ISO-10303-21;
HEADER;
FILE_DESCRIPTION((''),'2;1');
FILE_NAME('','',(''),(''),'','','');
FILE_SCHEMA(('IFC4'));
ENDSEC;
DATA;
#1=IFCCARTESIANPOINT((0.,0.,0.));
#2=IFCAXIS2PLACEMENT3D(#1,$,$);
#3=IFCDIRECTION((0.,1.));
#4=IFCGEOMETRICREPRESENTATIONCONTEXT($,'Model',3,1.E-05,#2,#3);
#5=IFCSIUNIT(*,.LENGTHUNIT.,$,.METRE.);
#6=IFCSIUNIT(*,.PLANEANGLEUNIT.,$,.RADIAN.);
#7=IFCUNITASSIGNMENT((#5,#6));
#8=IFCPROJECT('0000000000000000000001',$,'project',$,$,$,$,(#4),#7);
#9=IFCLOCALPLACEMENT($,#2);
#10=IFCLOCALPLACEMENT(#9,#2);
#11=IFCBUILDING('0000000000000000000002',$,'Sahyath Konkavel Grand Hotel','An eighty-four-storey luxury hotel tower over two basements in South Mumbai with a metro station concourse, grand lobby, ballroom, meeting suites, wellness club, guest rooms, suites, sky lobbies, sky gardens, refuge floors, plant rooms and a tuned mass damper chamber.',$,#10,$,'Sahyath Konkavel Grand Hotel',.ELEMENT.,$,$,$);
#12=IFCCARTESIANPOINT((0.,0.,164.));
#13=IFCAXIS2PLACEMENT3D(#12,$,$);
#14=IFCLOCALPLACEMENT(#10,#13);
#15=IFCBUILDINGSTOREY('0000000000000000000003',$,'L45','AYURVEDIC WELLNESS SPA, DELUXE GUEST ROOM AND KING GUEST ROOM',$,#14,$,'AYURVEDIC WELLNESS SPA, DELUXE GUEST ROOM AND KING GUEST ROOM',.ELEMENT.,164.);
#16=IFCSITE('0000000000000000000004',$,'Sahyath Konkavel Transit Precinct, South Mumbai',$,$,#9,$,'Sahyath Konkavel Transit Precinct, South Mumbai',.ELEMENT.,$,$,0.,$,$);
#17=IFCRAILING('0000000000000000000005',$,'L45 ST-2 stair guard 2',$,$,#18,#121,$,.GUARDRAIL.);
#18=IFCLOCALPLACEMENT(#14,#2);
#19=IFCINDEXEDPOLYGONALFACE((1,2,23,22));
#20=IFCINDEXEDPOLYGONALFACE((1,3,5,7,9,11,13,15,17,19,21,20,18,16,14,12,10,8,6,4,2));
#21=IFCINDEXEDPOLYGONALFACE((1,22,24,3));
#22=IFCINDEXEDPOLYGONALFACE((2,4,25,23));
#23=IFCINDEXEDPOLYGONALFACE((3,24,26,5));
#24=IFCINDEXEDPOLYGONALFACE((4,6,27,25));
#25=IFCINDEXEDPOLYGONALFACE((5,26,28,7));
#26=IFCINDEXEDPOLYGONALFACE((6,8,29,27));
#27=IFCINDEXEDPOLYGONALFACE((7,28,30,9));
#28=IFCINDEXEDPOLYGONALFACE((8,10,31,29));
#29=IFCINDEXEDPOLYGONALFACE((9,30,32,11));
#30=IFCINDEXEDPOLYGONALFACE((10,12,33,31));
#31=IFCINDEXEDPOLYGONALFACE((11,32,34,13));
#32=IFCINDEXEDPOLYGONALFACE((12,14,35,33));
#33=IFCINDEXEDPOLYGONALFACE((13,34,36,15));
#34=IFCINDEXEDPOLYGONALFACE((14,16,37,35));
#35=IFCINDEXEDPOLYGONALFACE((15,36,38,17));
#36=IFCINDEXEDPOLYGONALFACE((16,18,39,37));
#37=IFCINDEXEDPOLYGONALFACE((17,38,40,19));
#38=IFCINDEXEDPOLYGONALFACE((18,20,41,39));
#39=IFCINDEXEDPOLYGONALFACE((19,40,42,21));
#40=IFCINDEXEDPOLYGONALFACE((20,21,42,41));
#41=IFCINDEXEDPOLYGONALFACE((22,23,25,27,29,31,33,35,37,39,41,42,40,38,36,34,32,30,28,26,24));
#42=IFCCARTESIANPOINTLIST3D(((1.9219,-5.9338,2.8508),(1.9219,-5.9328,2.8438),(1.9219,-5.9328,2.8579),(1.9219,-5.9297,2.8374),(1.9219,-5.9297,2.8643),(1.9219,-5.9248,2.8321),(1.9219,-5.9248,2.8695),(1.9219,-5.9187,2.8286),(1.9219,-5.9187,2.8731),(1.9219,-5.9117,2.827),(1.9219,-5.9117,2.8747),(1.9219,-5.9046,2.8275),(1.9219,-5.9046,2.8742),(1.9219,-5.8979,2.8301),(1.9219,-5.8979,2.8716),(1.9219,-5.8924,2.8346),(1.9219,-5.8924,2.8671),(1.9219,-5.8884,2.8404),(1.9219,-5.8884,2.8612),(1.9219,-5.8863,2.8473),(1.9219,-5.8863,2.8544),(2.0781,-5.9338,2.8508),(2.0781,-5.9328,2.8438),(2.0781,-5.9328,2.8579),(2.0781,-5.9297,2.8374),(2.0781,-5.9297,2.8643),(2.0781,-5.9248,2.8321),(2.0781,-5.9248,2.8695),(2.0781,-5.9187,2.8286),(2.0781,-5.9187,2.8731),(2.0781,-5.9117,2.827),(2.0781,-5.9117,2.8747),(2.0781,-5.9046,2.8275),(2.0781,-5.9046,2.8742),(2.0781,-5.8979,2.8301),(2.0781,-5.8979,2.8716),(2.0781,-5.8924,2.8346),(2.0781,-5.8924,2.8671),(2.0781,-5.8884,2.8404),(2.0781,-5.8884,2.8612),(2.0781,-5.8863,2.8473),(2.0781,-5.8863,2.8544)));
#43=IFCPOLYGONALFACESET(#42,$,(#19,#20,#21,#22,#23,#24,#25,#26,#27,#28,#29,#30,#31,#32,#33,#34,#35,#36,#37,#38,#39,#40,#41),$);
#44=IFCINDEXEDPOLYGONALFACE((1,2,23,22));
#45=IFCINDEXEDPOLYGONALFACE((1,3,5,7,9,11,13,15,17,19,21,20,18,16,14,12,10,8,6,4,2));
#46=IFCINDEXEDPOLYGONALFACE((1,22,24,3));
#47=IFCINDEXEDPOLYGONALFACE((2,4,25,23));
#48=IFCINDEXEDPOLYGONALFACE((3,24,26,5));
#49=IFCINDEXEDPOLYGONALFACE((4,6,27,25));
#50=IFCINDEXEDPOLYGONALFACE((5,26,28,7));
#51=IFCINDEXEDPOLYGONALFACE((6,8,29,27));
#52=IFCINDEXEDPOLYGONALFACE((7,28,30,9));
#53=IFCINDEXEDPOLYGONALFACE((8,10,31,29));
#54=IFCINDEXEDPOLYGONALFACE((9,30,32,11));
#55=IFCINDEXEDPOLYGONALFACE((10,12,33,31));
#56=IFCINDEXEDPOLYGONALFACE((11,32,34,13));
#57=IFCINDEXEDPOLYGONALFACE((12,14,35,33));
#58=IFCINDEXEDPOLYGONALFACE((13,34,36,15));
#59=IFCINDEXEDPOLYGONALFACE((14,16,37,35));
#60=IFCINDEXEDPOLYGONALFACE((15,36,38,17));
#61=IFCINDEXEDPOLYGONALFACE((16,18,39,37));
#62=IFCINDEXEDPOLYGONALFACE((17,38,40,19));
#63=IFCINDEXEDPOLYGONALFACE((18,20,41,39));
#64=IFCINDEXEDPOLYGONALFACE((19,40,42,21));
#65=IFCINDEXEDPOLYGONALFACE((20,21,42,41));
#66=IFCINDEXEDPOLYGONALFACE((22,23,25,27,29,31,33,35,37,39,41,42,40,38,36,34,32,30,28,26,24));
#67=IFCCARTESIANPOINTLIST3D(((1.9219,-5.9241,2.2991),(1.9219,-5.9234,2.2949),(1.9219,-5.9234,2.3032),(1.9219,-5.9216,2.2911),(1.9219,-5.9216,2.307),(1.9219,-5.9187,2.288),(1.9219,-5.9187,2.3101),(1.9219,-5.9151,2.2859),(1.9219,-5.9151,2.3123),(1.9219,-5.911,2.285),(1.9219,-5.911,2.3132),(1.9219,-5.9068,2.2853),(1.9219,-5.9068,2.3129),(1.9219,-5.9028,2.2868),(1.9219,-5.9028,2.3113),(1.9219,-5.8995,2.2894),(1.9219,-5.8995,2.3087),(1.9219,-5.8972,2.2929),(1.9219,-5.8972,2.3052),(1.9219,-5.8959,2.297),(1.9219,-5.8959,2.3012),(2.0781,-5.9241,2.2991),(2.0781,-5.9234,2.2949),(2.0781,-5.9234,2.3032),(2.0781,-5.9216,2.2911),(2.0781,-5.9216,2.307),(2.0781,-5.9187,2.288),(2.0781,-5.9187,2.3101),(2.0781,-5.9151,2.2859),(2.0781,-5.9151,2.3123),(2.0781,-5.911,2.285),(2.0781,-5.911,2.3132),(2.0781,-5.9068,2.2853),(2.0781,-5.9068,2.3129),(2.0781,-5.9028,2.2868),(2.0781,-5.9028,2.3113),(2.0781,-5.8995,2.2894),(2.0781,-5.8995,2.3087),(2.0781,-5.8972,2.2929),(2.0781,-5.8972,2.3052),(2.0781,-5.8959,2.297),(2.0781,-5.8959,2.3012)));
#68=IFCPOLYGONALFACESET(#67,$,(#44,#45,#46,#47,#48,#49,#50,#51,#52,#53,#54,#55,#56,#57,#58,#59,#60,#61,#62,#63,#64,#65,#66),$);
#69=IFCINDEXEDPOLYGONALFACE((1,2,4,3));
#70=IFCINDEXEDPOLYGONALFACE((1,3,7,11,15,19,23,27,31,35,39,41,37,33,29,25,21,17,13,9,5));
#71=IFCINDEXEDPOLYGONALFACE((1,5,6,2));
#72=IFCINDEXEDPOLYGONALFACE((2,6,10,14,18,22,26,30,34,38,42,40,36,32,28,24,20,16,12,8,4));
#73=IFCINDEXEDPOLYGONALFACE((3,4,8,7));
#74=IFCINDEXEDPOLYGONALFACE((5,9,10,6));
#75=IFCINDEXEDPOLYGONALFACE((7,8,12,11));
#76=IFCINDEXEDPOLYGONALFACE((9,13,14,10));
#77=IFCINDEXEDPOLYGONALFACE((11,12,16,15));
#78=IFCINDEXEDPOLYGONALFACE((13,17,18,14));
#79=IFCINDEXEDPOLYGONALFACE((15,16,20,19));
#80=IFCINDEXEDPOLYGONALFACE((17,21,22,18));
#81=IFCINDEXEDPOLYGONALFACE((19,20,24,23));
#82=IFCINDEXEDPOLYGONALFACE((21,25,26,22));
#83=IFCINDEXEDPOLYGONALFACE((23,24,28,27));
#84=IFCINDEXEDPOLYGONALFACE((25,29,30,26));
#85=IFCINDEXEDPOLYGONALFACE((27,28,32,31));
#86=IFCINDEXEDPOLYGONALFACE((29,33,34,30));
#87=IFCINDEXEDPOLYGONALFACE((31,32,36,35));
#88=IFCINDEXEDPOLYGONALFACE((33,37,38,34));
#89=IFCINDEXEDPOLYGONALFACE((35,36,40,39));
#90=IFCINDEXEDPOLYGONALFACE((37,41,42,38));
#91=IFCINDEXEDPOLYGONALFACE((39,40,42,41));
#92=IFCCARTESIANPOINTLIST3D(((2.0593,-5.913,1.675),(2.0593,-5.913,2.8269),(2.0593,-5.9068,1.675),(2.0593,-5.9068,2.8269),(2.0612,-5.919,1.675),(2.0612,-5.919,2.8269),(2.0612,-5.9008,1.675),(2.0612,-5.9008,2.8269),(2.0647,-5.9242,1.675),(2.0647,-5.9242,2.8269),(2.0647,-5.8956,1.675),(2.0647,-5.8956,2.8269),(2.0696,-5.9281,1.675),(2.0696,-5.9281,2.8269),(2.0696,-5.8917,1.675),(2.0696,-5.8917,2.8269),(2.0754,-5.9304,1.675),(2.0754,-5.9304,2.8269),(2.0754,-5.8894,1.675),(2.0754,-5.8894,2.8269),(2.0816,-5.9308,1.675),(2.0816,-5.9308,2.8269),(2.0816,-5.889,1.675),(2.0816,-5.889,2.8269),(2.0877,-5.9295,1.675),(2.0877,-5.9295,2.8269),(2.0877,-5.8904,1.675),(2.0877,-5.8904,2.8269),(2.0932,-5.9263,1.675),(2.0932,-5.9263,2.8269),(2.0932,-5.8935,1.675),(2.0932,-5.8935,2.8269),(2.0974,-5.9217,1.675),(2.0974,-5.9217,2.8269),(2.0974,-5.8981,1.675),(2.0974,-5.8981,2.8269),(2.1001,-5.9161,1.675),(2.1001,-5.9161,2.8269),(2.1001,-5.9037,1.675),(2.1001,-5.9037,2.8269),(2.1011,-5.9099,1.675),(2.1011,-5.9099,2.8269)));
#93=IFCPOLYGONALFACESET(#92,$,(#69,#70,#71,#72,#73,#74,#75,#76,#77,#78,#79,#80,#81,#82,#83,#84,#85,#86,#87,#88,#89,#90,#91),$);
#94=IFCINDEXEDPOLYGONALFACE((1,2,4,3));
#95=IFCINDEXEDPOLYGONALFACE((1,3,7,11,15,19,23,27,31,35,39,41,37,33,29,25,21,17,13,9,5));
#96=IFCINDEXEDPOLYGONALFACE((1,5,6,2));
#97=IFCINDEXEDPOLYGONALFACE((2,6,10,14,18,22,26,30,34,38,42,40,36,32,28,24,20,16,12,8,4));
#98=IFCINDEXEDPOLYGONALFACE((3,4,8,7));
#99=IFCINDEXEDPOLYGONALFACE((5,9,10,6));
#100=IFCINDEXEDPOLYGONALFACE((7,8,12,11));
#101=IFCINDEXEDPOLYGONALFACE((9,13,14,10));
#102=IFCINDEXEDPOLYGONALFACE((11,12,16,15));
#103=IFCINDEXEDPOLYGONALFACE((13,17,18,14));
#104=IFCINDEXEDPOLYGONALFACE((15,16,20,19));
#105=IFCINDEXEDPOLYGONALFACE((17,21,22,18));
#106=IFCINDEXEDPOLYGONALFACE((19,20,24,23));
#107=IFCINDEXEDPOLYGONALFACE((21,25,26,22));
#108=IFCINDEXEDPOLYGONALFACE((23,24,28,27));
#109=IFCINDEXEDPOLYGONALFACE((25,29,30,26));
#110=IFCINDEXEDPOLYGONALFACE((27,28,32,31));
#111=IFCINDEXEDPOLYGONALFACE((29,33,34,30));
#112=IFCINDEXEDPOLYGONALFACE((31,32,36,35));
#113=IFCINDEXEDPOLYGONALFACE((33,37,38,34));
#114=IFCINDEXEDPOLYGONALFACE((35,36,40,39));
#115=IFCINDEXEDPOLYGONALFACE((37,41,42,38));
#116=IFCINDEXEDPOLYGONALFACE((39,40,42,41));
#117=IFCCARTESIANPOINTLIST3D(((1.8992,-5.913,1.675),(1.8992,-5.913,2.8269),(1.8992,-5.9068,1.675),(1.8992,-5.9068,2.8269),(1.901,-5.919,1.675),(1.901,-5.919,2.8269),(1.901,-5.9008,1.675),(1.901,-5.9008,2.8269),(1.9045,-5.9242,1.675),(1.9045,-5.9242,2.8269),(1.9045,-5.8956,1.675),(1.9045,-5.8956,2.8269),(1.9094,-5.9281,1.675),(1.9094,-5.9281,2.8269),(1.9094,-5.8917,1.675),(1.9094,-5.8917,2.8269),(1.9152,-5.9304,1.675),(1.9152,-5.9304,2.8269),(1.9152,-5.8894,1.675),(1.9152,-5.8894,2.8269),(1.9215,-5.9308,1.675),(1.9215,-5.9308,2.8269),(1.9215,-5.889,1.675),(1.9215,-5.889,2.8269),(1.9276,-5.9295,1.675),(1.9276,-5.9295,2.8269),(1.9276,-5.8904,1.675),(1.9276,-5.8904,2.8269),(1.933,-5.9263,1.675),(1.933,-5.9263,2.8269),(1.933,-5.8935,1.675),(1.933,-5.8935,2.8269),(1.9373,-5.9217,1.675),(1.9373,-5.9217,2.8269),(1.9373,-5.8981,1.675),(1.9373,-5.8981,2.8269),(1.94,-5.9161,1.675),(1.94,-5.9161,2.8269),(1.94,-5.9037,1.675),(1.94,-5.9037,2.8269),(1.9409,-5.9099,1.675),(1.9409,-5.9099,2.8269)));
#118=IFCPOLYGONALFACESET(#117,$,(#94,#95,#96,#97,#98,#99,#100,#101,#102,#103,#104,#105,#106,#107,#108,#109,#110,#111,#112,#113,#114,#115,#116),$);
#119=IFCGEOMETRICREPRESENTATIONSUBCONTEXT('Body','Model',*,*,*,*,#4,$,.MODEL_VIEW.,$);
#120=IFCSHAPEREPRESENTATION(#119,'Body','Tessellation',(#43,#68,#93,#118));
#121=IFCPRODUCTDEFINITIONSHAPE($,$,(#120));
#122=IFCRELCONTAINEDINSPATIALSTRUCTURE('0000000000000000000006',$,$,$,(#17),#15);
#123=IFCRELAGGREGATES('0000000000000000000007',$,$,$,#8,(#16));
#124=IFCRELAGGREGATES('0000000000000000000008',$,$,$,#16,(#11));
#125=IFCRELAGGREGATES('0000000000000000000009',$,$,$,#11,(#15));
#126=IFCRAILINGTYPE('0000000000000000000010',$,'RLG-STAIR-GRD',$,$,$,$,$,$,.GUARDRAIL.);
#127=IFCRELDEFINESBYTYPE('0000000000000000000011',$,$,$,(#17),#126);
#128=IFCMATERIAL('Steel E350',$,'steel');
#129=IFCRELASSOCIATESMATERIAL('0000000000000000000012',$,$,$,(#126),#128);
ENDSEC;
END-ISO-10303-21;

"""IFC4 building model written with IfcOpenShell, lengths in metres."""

from ifc_helpers import new_model, si_unit, direction, frame, origin, origin_2d, place, context, subcontext, project, spatial, circle, extrude, material, type_object, element, save


model = new_model("IFC4")

# Units and contexts
model_context = context("Model", 3, precision=1e-05, world=origin(), true_north=direction((0.0, 1.0)))
body_context = subcontext(model_context, "Body", "Model", "MODEL_VIEW")
ifc_project = project(units=[si_unit("LENGTHUNIT", "METRE"), si_unit("PLANEANGLEUNIT", "RADIAN")], contexts=[model_context])

# Site, building, storey
site_placement = place(None, origin())
site = spatial("IfcSite", under=ifc_project, at=site_placement, Name="Sahyath Konkavel Transit Precinct, South Mumbai", LongName="Sahyath Konkavel Transit Precinct, South Mumbai", CompositionType="ELEMENT", RefElevation=0.0)
building_placement = place(site_placement, origin())
building = spatial("IfcBuilding", under=site, at=building_placement, Name="Sahyath Konkavel Grand Hotel", Description="An eighty-four-storey luxury hotel tower over two basements in South Mumbai with a metro station concourse, grand lobby, ballroom, meeting suites, wellness club, guest rooms, suites, sky lobbies, sky gardens, refuge floors, plant rooms and a tuned mass damper chamber.", LongName="Sahyath Konkavel Grand Hotel", CompositionType="ELEMENT")
storey_placement = place(building_placement, frame((0.0, 0.0, 164.0)))
storey = spatial("IfcBuildingStorey", under=building, at=storey_placement, Name="L45", Description="AYURVEDIC WELLNESS SPA, DELUXE GUEST ROOM AND KING GUEST ROOM", LongName="AYURVEDIC WELLNESS SPA, DELUXE GUEST ROOM AND KING GUEST ROOM", CompositionType="ELEMENT", Elevation=164.0)

# Shared definitions
ifc_material_1 = material(Name="Steel E350", Category="steel")

# Railing
railing_type_1 = type_object("IfcRailingType", Name="RLG-STAIR-GRD", PredefinedType="GUARDRAIL", material=ifc_material_1)
railing_1_placement = place(storey_placement, frame((2.0801, -5.9099, 1.675)))
element("IfcRailing", 1, at=railing_1_placement, inside=storey, type_object=railing_type_1, Name="L45 ST-2 stair guard 2", PredefinedType="GUARDRAIL", context=body_context, shape_type="SweptSolid", body=[
    extrude(circle(Radius=0.0239, at=origin_2d()), frame((-0.002, 0.0, 1.1758), z_axis=(-1.0, 0.0, 0.0), x_axis=(0.0, -1.0, 0.0)), (0.0, 0.0, 1.0), 0.1562),
    extrude(circle(Radius=0.0142, at=origin_2d()), frame((-0.002, 0.0, 0.624), z_axis=(-1.0, 0.0, 0.0), x_axis=(0.0, -1.0, 0.0)), (0.0, 0.0, 1.0), 0.1562),
    extrude(circle(Radius=0.021, at=origin_2d()), origin(), (0.0, 0.0, 1.0), 1.1519),
    extrude(circle(Radius=0.021, at=origin_2d()), frame((-0.1602, 0.0, 0.0)), (0.0, 0.0, 1.0), 1.1519),
])

save(model, "model.ifc")
